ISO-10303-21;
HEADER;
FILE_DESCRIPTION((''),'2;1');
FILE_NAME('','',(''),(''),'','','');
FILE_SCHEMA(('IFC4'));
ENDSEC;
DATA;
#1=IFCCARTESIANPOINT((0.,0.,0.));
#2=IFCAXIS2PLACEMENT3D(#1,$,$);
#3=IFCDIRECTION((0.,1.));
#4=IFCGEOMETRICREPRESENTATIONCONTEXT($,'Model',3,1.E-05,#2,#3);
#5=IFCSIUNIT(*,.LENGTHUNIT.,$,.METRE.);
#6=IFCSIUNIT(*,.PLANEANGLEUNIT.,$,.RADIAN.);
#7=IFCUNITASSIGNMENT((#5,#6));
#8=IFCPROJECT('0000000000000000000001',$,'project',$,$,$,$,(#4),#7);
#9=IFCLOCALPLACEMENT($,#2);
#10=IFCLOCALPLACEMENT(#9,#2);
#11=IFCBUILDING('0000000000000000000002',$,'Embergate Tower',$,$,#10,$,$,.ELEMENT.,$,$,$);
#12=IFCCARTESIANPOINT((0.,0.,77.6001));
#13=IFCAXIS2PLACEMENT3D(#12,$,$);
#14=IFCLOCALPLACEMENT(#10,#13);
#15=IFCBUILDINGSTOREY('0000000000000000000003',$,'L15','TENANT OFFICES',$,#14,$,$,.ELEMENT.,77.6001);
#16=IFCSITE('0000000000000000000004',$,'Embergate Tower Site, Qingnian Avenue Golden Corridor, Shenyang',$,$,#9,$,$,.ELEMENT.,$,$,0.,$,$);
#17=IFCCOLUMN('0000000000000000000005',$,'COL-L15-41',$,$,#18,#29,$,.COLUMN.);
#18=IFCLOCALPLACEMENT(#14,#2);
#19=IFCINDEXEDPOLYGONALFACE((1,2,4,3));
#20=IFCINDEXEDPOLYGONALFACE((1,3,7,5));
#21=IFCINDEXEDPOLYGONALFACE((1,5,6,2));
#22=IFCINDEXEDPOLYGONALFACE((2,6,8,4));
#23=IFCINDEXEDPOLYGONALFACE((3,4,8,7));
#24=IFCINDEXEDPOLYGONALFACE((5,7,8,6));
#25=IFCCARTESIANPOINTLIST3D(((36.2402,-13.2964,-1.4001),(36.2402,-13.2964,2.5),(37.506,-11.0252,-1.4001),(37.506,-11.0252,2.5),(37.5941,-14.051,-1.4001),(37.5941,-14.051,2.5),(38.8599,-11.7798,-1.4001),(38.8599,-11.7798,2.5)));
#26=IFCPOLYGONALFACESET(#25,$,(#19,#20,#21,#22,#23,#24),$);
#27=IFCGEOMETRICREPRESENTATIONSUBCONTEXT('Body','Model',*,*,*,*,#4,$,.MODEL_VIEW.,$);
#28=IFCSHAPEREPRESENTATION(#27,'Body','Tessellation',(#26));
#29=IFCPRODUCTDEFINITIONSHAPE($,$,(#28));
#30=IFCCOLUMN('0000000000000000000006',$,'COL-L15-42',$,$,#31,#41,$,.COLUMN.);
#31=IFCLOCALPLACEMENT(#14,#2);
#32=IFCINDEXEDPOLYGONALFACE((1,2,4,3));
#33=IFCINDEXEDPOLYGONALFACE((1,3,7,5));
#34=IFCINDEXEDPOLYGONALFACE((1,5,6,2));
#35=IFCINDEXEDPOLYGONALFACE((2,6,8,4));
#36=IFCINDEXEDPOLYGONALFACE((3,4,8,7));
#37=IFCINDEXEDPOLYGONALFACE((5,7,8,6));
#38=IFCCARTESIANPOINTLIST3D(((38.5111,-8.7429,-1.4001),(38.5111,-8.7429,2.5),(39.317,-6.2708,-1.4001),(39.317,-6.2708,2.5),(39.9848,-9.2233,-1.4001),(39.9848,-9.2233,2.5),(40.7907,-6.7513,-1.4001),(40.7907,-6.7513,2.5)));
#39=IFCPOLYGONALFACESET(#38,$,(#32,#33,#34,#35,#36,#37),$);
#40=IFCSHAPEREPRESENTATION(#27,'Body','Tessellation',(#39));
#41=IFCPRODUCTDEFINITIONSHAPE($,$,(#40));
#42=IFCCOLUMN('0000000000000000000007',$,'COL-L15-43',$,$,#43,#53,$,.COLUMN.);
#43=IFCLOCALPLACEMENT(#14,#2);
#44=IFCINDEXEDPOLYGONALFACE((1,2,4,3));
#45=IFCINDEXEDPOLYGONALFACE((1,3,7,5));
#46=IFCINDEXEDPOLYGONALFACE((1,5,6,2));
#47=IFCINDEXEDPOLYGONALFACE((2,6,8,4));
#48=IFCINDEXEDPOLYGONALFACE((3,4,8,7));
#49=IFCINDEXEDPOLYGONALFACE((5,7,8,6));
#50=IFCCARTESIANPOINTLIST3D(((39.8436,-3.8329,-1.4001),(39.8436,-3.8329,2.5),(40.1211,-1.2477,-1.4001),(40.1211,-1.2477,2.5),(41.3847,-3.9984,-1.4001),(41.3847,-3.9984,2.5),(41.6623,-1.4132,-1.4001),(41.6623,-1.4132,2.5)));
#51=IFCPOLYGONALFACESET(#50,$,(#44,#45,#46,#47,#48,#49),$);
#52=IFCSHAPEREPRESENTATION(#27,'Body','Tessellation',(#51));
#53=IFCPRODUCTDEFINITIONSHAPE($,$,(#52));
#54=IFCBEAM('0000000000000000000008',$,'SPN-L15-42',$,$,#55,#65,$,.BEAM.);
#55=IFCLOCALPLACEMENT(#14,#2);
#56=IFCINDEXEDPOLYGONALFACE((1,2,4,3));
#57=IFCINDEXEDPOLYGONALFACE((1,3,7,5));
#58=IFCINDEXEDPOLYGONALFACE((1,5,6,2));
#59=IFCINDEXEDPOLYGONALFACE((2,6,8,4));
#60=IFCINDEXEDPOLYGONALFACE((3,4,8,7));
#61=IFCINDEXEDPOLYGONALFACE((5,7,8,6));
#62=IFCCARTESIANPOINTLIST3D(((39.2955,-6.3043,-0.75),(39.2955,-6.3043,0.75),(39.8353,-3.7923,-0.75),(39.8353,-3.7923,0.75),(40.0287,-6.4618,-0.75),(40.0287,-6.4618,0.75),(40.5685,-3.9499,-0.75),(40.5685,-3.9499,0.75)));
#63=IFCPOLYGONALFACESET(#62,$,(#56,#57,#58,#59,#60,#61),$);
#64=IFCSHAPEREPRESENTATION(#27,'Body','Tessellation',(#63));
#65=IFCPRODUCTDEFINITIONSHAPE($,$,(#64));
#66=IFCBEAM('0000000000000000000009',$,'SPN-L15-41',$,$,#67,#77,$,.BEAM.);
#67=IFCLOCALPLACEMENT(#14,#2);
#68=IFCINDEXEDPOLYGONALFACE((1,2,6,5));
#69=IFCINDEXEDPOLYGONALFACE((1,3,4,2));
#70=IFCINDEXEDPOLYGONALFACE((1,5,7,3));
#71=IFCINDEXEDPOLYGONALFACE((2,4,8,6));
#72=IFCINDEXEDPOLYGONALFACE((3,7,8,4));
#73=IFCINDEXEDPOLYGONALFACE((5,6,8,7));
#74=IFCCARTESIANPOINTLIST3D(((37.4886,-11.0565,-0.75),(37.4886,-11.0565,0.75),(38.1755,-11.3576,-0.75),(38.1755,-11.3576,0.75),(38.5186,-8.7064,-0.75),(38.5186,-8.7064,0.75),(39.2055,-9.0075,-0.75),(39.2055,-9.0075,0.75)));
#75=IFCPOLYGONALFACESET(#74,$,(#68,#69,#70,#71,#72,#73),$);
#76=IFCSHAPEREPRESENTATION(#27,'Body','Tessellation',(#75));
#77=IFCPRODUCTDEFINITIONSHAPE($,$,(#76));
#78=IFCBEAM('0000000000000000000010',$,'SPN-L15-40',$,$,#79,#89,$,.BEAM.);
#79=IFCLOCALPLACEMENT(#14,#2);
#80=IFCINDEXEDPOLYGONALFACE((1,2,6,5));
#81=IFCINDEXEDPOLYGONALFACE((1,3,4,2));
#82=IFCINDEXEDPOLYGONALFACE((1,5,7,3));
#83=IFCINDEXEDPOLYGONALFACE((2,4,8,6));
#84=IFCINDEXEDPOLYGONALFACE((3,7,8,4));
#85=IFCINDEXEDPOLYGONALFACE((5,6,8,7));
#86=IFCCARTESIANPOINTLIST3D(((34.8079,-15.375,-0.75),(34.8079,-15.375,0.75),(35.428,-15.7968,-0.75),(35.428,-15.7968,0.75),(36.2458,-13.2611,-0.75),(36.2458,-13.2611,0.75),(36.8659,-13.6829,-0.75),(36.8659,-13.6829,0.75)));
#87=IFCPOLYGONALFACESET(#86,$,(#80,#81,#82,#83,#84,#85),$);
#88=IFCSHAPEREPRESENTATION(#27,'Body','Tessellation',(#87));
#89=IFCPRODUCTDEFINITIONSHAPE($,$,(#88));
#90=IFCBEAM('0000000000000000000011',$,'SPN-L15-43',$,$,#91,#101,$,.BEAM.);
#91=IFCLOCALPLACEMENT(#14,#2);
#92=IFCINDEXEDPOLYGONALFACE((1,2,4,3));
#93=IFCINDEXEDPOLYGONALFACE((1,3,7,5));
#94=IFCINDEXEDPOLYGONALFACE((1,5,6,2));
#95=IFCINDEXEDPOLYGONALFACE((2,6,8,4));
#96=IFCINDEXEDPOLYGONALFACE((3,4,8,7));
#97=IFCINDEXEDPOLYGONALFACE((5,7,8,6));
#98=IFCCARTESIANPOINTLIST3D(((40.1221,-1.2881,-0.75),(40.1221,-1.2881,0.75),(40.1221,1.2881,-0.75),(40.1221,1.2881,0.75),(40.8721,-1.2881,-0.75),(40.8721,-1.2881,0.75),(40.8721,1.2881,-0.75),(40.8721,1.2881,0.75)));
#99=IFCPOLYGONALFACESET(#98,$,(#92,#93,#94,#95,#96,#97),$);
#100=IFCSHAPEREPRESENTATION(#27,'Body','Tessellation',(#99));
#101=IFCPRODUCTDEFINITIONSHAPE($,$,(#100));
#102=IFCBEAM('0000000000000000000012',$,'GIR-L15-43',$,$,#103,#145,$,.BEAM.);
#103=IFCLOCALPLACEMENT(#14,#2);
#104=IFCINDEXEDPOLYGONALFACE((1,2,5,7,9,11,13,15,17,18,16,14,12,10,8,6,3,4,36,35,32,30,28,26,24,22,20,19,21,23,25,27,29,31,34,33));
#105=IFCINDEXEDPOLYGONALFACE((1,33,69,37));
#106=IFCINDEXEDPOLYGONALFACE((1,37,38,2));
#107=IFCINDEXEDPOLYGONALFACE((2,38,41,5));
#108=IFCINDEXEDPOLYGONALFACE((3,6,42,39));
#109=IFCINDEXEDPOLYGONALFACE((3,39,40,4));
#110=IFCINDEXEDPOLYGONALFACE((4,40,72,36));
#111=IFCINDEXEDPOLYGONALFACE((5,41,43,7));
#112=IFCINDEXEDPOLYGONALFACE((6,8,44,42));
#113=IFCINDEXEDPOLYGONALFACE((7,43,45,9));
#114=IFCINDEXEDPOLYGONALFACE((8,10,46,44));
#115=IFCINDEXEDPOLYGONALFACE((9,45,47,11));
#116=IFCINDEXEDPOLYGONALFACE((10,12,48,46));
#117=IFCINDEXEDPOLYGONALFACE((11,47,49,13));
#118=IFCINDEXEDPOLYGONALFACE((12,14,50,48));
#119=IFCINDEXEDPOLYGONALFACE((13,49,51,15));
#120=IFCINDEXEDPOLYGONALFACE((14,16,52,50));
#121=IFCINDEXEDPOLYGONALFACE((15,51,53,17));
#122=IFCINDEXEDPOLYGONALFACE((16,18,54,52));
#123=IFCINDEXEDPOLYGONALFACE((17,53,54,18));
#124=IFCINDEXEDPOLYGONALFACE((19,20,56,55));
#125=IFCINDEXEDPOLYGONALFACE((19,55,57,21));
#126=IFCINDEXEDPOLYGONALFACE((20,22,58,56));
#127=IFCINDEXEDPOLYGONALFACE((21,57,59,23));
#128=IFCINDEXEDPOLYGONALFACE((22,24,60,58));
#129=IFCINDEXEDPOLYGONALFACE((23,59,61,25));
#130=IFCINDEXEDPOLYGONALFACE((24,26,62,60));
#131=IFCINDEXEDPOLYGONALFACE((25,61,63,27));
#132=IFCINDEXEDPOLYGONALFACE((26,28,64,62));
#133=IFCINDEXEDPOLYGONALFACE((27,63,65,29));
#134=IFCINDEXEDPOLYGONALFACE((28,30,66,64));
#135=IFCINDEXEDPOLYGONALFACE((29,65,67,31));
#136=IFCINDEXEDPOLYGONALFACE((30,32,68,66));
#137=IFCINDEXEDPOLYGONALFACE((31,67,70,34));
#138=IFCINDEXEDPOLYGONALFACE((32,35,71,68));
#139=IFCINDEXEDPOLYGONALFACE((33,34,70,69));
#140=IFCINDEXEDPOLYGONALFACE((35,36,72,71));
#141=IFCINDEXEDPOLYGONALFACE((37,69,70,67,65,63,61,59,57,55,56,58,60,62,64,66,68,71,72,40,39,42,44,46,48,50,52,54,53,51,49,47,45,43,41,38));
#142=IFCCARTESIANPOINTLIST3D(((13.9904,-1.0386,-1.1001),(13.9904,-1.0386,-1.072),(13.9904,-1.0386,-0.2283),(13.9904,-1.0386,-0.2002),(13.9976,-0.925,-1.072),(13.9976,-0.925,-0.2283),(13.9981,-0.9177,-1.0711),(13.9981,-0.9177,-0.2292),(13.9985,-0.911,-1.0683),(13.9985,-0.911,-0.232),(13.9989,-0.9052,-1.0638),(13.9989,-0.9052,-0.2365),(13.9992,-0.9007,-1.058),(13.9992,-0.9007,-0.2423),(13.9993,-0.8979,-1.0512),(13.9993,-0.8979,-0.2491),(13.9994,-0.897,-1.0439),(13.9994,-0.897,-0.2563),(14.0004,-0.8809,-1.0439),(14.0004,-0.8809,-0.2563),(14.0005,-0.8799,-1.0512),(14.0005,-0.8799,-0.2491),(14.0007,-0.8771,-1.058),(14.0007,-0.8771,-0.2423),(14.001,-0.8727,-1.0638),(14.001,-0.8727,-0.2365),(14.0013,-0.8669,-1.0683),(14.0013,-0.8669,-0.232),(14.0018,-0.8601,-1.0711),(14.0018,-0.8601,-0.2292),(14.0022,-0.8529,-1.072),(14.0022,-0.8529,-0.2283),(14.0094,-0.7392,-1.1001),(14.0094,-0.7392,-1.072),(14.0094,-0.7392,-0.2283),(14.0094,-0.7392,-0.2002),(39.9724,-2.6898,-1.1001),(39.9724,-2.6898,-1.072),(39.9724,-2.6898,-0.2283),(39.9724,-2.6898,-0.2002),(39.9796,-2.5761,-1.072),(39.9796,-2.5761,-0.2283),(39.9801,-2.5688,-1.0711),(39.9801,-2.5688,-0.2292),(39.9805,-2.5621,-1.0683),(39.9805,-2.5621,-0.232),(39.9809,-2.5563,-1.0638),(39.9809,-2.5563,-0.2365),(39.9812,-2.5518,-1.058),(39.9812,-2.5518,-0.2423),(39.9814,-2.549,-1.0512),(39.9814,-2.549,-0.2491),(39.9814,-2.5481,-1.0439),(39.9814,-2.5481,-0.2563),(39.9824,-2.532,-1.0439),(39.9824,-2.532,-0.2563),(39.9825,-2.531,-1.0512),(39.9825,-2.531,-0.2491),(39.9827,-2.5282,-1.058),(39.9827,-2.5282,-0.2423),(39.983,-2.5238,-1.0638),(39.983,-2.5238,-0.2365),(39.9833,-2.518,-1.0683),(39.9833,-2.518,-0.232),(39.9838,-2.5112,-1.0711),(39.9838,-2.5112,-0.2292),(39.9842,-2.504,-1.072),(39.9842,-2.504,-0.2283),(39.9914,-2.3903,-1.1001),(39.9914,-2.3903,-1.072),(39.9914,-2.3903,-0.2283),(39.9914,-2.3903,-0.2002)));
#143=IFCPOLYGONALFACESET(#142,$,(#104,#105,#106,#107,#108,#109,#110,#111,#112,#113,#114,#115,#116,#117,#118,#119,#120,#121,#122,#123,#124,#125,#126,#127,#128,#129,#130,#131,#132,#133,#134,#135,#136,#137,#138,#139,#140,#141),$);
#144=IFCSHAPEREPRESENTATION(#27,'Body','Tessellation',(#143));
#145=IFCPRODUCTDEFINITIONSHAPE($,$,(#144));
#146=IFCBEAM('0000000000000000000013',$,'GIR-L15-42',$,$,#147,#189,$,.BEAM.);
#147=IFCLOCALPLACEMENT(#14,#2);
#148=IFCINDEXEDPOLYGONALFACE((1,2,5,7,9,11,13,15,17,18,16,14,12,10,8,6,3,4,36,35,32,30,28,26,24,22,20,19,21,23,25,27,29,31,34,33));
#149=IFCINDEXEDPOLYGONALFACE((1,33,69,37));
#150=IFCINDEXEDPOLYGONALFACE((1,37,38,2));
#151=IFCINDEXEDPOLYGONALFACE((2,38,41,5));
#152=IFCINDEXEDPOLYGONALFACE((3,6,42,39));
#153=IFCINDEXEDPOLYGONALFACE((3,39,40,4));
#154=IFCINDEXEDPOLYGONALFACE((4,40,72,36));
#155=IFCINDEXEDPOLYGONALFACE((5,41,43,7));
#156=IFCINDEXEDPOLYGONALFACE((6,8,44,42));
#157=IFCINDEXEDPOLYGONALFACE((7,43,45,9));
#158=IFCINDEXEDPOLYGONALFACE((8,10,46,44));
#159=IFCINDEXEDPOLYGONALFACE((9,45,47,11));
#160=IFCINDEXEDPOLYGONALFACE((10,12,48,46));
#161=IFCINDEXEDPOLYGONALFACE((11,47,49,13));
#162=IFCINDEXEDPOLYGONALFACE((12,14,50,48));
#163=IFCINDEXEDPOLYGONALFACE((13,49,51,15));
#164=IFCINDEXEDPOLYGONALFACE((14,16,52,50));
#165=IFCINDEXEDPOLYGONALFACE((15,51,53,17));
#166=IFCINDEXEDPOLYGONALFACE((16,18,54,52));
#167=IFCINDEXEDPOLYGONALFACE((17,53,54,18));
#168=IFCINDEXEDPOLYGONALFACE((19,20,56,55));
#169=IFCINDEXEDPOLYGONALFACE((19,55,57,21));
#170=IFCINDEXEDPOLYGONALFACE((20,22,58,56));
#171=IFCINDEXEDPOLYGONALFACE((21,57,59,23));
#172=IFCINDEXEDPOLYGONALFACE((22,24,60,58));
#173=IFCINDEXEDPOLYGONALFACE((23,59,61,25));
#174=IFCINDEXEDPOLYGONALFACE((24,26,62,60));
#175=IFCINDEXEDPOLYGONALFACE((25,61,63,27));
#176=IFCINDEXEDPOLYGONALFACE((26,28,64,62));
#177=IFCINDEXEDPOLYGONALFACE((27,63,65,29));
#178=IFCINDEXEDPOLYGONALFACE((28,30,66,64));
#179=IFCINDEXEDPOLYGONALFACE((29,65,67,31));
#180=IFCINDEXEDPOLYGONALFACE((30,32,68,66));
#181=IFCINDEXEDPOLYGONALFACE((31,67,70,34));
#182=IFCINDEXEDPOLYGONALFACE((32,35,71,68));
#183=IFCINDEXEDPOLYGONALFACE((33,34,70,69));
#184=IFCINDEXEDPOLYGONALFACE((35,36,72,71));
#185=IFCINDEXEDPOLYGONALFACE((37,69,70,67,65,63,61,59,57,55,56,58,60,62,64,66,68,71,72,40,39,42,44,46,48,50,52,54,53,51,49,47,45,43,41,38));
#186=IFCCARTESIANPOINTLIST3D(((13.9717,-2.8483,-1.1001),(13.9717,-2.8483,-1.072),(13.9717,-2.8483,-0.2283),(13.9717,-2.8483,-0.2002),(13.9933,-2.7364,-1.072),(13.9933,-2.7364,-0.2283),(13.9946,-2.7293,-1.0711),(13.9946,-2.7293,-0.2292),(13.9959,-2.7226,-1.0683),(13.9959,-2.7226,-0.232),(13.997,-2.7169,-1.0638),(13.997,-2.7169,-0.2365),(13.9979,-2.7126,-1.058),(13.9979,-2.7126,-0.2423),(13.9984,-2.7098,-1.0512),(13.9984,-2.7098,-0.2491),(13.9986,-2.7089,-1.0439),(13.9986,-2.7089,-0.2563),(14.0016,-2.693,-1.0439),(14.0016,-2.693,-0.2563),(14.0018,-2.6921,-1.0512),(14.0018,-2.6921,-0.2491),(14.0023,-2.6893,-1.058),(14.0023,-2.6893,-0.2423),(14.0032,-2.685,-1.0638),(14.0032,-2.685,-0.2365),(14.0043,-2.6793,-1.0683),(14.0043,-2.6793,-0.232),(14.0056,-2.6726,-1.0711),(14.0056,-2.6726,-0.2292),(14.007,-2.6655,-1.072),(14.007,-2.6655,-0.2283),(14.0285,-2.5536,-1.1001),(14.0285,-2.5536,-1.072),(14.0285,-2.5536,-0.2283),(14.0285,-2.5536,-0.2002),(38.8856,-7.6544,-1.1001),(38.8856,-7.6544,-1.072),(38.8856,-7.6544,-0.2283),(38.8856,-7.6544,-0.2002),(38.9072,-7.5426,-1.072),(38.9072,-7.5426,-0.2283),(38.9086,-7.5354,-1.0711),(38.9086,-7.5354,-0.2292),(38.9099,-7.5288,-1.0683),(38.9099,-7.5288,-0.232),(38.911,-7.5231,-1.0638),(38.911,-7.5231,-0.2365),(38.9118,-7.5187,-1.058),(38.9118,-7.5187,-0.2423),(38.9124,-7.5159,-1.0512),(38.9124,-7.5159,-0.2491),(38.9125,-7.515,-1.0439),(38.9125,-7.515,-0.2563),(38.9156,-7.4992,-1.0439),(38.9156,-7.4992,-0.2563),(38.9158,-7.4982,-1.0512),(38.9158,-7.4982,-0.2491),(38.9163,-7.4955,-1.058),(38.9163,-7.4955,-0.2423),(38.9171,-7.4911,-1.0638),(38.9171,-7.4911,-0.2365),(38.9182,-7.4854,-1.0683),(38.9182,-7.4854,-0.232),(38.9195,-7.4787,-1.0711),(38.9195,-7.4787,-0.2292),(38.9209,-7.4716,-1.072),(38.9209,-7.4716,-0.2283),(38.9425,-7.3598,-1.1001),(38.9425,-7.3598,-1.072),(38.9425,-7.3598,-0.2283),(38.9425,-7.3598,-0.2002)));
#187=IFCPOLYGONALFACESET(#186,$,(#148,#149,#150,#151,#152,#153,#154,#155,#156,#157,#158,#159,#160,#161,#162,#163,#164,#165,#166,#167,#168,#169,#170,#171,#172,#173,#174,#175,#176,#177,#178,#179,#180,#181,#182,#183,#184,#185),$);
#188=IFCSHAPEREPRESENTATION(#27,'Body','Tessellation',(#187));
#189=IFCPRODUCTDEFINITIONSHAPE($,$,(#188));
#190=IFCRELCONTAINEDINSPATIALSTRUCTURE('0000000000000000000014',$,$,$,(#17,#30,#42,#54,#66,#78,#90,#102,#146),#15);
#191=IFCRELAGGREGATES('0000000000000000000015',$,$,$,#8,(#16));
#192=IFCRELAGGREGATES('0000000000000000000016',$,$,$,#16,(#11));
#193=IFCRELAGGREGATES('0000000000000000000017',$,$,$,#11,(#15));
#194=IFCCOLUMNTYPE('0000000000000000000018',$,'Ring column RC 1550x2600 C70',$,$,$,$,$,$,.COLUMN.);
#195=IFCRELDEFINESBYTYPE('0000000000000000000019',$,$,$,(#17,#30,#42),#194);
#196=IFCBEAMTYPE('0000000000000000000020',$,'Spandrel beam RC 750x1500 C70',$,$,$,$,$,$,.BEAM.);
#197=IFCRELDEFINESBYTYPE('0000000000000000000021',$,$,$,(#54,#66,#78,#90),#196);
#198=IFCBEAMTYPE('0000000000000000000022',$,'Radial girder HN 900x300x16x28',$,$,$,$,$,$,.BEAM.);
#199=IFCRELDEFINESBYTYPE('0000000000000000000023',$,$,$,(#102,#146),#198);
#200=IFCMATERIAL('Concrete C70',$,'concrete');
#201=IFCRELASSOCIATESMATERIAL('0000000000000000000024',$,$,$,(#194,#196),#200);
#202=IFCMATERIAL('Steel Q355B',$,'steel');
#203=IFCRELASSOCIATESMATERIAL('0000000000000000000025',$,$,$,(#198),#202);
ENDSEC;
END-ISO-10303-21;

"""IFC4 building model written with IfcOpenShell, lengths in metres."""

from ifc_helpers import new_model, si_unit, direction, frame, origin, origin_2d, place, context, subcontext, project, spatial, rectangle, i_section, extrude, source, transform, mapped, material, material_profile, profile_set, type_object, element, save


model = new_model("IFC4")

# Units and contexts
model_context = context("Model", 3, precision=1e-05, world=origin(), true_north=direction((0.0, 1.0)))
body_context = subcontext(model_context, "Body", "Model", "MODEL_VIEW")
ifc_project = project(units=[si_unit("LENGTHUNIT", "METRE"), si_unit("PLANEANGLEUNIT", "RADIAN")], contexts=[model_context])

# Site, building, storey
site_placement = place(None, origin())
site = spatial("IfcSite", under=ifc_project, at=site_placement, Name="Embergate Tower Site, Qingnian Avenue Golden Corridor, Shenyang", CompositionType="ELEMENT", RefElevation=0.0)
building_placement = place(site_placement, origin())
building = spatial("IfcBuilding", under=site, at=building_placement, Name="Embergate Tower", CompositionType="ELEMENT")
storey_placement = place(building_placement, frame((0.0, 0.0, 77.6001)))
storey = spatial("IfcBuildingStorey", under=building, at=storey_placement, Name="L15", Description="TENANT OFFICES", CompositionType="ELEMENT", Elevation=77.6001)

# Columns
ifc_material_1 = material(Name="Concrete C70", Category="concrete")
ifc_material_profile_1 = material_profile(ifc_material_1, rectangle(XDim=1.55, YDim=2.6001, at=origin_2d()), Name="RC 1550x2600")
ifc_profile_set_1 = profile_set([ifc_material_profile_1], Name="Concrete C70")
column_type = type_object("IfcColumnType", Name="Ring column RC 1550x2600 C70", PredefinedType="COLUMN", material=ifc_profile_set_1)
shared_shape_1 = source(origin(), body_context, "Body", "SweptSolid", [
    extrude(rectangle(XDim=1.55, YDim=2.6001, at=origin_2d()), origin(), (0.0, 0.0, 1.0), 3.9001),
])
for number, where, z_axis, x_axis, name in (
    (1, (37.55, -12.5381, -1.4001), (0.0, 0.0, 1.0), (0.8735, -0.486823, 0.0), "COL-L15-41"),
    (2, (39.6509, -7.7471, -1.4001), (0.0, 0.0, 1.0), (0.950754, -0.309946, 0.0), "COL-L15-42"),
    (3, (40.7529, -2.623, -1.4001), (0.0, 0.0, 1.0), (0.994286, -0.10675, 0.0), "COL-L15-43"),
):
    element("IfcColumn", number, at=place(storey_placement, frame(where, z_axis=z_axis, x_axis=x_axis)), inside=storey, type_object=column_type, Name=name, PredefinedType="COLUMN", context=body_context, shape_type="MappedRepresentation", body=[
        mapped(shared_shape_1, transform((0.0, 0.0, 0.0))),
    ])

# Beams
ifc_material_profile_2 = material_profile(ifc_material_1, rectangle(XDim=0.75, YDim=1.5, at=origin_2d()), Name="RC 750x1500")
ifc_profile_set_2 = profile_set([ifc_material_profile_2], Name="Concrete C70")
beam_type_1 = type_object("IfcBeamType", Name="Spandrel beam RC 750x1500 C70", PredefinedType="BEAM", material=ifc_profile_set_2)
shared_shape_2 = source(origin(), body_context, "Body", "SweptSolid", [
    extrude(rectangle(XDim=0.75, YDim=1.5, at=origin_2d()), origin(), (0.0, 0.0, 1.0), 2.5693),
])
beam_1_placement = place(storey_placement, frame((39.6621, -6.3831, 0.0), z_axis=(0.210094, 0.977681, 0.0), x_axis=(-0.977681, 0.210094, 0.0)))
element("IfcBeam", 4, at=beam_1_placement, inside=storey, type_object=beam_type_1, Name="SPN-L15-42", PredefinedType="BEAM", context=body_context, shape_type="MappedRepresentation", body=[
    mapped(shared_shape_2, transform((0.0, 0.0, 0.0))),
])
shared_shape_3 = source(origin(), body_context, "Body", "SweptSolid", [
    extrude(rectangle(XDim=0.75, YDim=1.5, at=origin_2d()), origin(), (0.0, 0.0, 1.0), 2.5659),
])
beam_2_placement = place(storey_placement, frame((37.832, -11.207, 0.0), z_axis=(0.401428, 0.915891, 0.0), x_axis=(-0.915891, 0.401428, 0.0)))
element("IfcBeam", 5, at=beam_2_placement, inside=storey, type_object=beam_type_1, Name="SPN-L15-41", PredefinedType="BEAM", context=body_context, shape_type="MappedRepresentation", body=[
    mapped(shared_shape_3, transform((0.0, 0.0, 0.0))),
])
shared_shape_4 = source(origin(), body_context, "Body", "SweptSolid", [
    extrude(rectangle(XDim=0.75, YDim=1.5, at=origin_2d()), origin(), (0.0, 0.0, 1.0), 2.5566),
])
beam_3_placement = place(storey_placement, frame((35.1179, -15.5859, 0.0), z_axis=(0.562433, 0.826843, 0.0), x_axis=(-0.826843, 0.562433, 0.0)))
element("IfcBeam", 6, at=beam_3_placement, inside=storey, type_object=beam_type_1, Name="SPN-L15-40", PredefinedType="BEAM", context=body_context, shape_type="MappedRepresentation", body=[
    mapped(shared_shape_4, transform((0.0, 0.0, 0.0))),
])
shared_shape_5 = source(origin(), body_context, "Body", "SweptSolid", [
    extrude(rectangle(XDim=0.75, YDim=1.5, at=origin_2d()), origin(), (0.0, 0.0, 1.0), 2.5762),
])
beam_4_placement = place(storey_placement, frame((40.4971, -1.2881, 0.0), z_axis=(0.0, 1.0, 0.0), x_axis=(-1.0, 0.0, 0.0)))
element("IfcBeam", 7, at=beam_4_placement, inside=storey, type_object=beam_type_1, Name="SPN-L15-43", PredefinedType="BEAM", context=body_context, shape_type="MappedRepresentation", body=[
    mapped(shared_shape_5, transform((0.0, 0.0, 0.0))),
])
ifc_material_2 = material(Name="Steel Q355B", Category="steel")
ifc_material_profile_3 = material_profile(ifc_material_2, i_section(OverallWidth=0.3, OverallDepth=0.8999, WebThickness=0.0161, FlangeThickness=0.0281, FilletRadius=0.0281, at=origin_2d()), Name="HN 900x300x16x28")
ifc_profile_set_3 = profile_set([ifc_material_profile_3], Name="Steel Q355 grade B")
beam_type_2 = type_object("IfcBeamType", Name="Radial girder HN 900x300x16x28", PredefinedType="BEAM", material=ifc_profile_set_3)
shared_shape_6 = source(origin(), body_context, "Body", "SweptSolid", [
    extrude(i_section(OverallWidth=0.3, OverallDepth=0.8999, WebThickness=0.0161, FlangeThickness=0.0281, FilletRadius=0.0281, at=origin_2d()), origin(), (0.0, 0.0, 1.0), 26.0344),
])
beam_5_placement = place(storey_placement, frame((39.9819, -2.54, -0.6501), z_axis=(-0.997987, 0.063421, 0.0), x_axis=(-0.063421, -0.997987, 0.0)))
element("IfcBeam", 8, at=beam_5_placement, inside=storey, type_object=beam_type_2, Name="GIR-L15-43", PredefinedType="BEAM", context=body_context, shape_type="MappedRepresentation", body=[
    mapped(shared_shape_6, transform((0.0, 0.0, 0.0))),
])
shared_shape_7 = source(origin(), body_context, "Body", "SweptSolid", [
    extrude(i_section(OverallWidth=0.3, OverallDepth=0.8999, WebThickness=0.0161, FlangeThickness=0.0281, FilletRadius=0.0281, at=origin_2d()), origin(), (0.0, 0.0, 1.0), 25.3733),
])
beam_6_placement = place(storey_placement, frame((38.9141, -7.5071, -0.6501), z_axis=(-0.981897, 0.189417, 0.0), x_axis=(-0.189417, -0.981897, 0.0)))
element("IfcBeam", 9, at=beam_6_placement, inside=storey, type_object=beam_type_2, Name="GIR-L15-42", PredefinedType="BEAM", context=body_context, shape_type="MappedRepresentation", body=[
    mapped(shared_shape_7, transform((0.0, 0.0, 0.0))),
])

save(model, "model.ifc")
